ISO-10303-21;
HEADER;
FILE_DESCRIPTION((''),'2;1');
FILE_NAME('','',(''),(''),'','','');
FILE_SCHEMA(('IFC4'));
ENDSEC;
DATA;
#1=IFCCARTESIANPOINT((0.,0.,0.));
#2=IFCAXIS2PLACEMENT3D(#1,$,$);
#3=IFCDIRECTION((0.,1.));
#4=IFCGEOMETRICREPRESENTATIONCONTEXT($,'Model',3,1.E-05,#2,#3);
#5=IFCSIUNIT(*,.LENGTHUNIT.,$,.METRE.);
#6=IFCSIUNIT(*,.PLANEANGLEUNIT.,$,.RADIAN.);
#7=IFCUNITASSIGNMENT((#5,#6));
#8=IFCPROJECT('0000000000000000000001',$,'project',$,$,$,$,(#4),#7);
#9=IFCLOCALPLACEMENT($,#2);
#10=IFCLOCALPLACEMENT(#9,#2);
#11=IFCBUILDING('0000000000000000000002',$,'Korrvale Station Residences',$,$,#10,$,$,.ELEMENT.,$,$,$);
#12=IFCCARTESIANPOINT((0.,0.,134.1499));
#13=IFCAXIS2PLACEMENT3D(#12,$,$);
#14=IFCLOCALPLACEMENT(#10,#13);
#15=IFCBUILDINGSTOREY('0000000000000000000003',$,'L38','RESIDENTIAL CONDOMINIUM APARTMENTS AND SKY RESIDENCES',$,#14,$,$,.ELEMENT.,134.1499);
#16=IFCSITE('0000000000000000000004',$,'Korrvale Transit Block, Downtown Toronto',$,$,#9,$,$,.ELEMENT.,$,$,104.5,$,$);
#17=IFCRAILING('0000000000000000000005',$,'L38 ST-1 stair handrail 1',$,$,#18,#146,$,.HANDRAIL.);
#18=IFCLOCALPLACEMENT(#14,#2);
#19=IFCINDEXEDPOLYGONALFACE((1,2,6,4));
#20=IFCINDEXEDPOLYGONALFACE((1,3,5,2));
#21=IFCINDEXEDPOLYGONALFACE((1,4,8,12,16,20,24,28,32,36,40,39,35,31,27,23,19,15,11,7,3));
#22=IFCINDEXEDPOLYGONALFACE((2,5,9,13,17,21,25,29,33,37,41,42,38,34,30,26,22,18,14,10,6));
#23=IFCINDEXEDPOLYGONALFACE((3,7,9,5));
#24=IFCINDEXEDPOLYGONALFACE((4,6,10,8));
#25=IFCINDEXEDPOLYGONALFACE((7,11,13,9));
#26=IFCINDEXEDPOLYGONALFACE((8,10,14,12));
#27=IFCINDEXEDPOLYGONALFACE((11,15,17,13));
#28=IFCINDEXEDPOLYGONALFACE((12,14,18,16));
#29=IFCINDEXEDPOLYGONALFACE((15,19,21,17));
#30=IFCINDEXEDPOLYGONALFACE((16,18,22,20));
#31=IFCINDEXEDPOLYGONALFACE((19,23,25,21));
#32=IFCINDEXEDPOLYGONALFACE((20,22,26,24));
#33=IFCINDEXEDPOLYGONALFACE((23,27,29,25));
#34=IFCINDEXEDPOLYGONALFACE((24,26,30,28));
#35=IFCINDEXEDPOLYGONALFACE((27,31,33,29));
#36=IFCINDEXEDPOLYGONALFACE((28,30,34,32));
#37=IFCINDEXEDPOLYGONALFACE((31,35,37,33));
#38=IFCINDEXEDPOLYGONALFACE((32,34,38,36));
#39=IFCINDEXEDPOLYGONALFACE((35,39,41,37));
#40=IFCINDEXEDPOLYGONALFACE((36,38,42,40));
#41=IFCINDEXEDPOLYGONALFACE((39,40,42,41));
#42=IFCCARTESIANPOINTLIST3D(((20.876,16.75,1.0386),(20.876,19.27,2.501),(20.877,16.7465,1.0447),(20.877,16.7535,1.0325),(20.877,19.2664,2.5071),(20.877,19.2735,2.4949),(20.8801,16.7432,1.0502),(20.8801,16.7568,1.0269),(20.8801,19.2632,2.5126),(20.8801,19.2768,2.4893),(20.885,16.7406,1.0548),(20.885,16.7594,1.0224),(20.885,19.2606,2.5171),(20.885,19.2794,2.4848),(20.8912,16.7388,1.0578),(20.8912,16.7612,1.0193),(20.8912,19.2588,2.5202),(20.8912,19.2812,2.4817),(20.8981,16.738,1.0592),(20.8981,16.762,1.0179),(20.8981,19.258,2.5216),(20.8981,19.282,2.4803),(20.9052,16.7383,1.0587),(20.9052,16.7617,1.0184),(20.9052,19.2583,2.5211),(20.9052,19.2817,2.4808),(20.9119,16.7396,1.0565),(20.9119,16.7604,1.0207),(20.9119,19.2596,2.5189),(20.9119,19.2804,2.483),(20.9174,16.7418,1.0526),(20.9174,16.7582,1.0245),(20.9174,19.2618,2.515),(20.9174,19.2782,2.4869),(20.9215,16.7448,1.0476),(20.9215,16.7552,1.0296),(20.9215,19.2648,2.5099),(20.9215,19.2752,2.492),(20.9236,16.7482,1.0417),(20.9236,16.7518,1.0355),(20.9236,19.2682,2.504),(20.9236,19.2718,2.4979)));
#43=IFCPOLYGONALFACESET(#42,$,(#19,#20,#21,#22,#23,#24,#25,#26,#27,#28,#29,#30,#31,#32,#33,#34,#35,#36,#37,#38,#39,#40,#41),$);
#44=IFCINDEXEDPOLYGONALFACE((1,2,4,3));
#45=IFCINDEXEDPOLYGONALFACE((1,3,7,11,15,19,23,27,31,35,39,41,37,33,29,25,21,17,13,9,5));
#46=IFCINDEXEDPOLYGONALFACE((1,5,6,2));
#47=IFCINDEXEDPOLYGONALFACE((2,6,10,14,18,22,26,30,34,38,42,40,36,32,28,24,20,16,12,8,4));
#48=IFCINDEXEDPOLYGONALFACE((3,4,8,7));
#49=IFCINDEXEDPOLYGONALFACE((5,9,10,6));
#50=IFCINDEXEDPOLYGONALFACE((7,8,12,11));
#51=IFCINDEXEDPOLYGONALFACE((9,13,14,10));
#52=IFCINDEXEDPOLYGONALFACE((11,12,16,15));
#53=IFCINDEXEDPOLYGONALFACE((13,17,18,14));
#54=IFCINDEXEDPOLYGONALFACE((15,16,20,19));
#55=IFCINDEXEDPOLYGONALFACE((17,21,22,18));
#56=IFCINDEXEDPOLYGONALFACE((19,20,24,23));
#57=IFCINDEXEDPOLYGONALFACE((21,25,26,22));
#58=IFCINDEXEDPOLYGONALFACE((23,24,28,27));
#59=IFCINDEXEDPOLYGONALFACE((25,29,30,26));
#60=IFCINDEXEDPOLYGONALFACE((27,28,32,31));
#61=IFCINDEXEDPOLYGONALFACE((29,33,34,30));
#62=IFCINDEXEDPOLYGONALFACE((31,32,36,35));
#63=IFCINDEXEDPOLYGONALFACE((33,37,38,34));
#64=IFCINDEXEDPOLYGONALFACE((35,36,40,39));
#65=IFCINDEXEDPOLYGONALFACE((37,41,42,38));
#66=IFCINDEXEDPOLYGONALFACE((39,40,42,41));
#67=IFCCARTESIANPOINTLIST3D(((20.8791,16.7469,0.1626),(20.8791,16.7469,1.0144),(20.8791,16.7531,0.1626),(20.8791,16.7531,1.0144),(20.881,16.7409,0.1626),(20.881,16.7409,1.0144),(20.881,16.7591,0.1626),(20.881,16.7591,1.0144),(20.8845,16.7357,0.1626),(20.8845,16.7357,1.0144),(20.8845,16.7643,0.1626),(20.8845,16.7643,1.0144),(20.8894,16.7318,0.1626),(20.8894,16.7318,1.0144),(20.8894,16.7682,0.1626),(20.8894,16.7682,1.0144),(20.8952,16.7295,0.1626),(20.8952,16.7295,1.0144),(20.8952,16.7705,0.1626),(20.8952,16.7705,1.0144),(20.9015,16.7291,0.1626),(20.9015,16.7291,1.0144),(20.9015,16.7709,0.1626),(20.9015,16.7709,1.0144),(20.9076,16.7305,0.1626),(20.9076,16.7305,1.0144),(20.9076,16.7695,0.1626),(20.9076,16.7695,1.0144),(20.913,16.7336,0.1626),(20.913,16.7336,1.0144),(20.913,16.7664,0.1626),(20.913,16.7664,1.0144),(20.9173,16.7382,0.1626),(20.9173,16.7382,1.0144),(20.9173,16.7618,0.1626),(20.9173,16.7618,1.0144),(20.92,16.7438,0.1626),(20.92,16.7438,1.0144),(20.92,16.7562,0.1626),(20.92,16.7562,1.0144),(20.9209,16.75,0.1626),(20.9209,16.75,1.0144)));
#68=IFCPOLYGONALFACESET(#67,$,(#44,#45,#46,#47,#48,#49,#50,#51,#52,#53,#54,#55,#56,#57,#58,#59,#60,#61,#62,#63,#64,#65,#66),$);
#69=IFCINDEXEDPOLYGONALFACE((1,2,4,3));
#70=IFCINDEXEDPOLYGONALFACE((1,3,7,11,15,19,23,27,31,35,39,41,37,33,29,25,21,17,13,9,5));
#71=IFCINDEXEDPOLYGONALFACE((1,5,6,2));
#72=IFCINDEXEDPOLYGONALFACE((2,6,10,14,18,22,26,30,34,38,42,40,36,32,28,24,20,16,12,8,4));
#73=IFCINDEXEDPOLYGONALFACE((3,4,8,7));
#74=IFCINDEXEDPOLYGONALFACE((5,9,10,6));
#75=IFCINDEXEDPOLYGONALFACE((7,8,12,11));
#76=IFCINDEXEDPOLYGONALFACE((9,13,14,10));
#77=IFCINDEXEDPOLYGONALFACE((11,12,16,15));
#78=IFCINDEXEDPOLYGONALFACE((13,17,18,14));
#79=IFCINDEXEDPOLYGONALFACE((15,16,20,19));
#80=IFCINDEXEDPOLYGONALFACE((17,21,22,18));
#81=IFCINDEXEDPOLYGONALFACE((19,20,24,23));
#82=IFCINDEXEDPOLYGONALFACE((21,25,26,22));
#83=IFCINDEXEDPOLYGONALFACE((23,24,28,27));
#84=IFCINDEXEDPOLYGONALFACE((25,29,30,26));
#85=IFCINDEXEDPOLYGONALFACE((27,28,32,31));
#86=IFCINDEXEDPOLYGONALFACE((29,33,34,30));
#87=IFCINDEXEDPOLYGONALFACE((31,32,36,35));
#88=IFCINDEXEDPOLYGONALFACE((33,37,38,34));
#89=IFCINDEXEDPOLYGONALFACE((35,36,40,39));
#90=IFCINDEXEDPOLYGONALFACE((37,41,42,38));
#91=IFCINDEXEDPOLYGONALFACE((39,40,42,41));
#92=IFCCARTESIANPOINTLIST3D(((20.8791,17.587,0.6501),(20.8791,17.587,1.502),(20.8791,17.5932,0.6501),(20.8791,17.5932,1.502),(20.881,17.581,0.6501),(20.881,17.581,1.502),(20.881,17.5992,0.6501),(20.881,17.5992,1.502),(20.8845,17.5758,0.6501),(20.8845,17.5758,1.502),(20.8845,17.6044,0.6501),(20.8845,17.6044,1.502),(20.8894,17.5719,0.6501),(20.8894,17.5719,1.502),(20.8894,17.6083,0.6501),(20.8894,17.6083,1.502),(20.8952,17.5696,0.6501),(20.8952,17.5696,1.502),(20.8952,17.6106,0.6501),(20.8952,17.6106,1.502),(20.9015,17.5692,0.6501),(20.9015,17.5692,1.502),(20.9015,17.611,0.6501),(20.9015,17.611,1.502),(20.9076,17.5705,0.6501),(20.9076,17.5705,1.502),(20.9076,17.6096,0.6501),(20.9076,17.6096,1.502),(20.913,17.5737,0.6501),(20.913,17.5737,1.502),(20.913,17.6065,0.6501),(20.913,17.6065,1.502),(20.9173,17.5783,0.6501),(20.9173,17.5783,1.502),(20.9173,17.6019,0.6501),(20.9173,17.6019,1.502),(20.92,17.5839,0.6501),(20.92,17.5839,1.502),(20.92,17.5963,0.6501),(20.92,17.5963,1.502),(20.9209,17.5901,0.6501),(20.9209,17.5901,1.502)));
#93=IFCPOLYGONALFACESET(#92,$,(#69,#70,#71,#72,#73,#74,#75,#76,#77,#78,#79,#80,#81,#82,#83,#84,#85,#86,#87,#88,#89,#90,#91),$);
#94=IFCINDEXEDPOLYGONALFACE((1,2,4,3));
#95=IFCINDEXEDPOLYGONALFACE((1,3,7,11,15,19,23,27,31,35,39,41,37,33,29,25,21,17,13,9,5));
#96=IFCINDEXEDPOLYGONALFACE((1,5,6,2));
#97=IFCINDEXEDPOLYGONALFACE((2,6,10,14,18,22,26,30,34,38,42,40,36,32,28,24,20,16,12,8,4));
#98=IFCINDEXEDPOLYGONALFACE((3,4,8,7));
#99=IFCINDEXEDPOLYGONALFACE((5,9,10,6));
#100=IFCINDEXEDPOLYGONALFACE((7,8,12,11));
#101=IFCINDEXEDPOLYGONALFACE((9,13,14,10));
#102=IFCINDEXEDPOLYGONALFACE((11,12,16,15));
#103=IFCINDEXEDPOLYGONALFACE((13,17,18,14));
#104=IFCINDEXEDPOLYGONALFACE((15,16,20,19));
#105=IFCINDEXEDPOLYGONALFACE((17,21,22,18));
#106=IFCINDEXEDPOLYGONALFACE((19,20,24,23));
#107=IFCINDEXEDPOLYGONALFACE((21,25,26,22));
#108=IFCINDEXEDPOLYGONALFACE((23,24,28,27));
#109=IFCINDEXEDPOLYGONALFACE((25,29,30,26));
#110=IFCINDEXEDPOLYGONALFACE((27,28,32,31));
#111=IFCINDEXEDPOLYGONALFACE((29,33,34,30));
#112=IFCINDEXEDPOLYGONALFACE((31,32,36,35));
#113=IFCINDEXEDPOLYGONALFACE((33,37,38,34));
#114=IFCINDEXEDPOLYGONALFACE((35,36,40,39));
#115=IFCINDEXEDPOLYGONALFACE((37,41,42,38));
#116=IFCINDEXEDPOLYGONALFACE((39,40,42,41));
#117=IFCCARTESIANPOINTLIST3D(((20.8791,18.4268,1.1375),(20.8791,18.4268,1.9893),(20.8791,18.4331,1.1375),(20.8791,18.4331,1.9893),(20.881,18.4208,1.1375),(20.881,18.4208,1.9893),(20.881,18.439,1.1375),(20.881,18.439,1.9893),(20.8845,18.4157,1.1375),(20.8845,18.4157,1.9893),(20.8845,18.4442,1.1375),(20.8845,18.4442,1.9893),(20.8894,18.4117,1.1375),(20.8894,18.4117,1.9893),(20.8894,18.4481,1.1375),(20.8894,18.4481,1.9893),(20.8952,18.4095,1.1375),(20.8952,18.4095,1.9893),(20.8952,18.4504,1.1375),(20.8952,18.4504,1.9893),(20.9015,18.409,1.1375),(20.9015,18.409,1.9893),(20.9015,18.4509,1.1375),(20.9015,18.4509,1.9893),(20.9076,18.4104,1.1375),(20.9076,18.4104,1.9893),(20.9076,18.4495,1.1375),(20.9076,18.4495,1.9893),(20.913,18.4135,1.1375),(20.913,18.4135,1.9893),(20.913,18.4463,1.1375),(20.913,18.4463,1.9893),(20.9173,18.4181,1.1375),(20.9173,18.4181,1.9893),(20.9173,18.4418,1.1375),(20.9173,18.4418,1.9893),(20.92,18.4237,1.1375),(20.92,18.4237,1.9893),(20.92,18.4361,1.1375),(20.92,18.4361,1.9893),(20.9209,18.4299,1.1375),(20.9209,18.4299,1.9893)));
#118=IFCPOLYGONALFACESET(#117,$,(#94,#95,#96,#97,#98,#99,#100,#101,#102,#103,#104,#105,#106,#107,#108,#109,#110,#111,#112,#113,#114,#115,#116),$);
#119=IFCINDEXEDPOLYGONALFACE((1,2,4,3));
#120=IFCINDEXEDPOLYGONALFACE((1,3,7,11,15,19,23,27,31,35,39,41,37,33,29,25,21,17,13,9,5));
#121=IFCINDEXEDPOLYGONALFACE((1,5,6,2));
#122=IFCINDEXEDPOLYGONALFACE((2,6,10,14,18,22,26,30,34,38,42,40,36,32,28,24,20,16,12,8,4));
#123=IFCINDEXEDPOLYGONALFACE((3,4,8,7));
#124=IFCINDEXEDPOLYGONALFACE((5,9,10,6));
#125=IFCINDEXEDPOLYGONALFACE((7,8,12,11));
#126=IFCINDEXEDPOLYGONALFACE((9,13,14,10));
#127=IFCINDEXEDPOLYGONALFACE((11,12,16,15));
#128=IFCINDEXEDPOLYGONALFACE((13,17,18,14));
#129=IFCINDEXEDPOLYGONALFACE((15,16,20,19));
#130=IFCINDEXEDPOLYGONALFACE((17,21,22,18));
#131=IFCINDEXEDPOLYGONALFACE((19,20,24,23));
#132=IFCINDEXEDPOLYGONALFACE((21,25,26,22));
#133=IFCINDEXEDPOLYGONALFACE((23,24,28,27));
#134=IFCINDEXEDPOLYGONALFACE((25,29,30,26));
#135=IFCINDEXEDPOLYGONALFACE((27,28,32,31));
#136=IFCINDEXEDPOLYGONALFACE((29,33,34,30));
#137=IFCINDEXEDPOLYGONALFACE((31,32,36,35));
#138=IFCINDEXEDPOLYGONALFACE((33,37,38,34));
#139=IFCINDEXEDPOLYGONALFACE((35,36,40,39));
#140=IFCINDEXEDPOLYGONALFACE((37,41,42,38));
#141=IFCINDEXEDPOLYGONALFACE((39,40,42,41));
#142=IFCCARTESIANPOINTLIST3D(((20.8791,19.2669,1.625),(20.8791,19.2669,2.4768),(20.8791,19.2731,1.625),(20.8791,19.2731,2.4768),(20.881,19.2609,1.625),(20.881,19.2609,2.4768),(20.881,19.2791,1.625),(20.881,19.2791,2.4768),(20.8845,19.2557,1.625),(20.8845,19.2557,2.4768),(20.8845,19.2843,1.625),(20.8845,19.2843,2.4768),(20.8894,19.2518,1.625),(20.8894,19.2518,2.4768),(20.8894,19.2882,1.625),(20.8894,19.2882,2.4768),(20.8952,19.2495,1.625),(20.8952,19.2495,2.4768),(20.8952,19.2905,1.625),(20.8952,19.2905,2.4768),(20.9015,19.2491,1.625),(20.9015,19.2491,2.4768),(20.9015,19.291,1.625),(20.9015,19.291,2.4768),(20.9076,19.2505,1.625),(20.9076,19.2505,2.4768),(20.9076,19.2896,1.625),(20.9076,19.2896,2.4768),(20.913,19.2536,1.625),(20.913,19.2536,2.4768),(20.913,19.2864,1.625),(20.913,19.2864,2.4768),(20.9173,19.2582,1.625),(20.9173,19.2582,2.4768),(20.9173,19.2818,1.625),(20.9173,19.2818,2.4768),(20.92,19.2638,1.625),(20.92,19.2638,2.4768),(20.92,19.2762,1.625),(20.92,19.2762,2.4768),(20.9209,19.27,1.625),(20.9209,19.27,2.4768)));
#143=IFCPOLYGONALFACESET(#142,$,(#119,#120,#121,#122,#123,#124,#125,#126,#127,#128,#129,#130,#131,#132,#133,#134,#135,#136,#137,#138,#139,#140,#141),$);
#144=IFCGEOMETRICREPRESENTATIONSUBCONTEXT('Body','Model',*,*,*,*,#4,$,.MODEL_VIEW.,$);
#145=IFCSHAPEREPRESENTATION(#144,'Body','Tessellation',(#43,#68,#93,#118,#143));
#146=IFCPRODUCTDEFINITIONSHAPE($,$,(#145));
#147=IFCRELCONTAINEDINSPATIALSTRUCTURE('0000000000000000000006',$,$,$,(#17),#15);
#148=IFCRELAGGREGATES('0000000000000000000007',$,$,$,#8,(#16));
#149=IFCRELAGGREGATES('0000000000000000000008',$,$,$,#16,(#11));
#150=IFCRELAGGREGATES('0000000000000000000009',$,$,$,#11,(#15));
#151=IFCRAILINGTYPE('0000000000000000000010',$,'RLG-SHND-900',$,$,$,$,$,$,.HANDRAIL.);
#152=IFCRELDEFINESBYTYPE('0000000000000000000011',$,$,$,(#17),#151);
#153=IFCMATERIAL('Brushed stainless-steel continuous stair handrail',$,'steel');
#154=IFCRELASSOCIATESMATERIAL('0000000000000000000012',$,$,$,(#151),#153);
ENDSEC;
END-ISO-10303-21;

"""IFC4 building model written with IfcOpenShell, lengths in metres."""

from ifc_helpers import new_model, si_unit, direction, frame, origin, origin_2d, place, context, subcontext, project, spatial, circle, extrude, material, type_object, element, save


model = new_model("IFC4")

# Units and contexts
model_context = context("Model", 3, precision=1e-05, world=origin(), true_north=direction((0.0, 1.0)))
body_context = subcontext(model_context, "Body", "Model", "MODEL_VIEW")
ifc_project = project(units=[si_unit("LENGTHUNIT", "METRE"), si_unit("PLANEANGLEUNIT", "RADIAN")], contexts=[model_context])

# Site, building, storey
site_placement = place(None, origin())
site = spatial("IfcSite", under=ifc_project, at=site_placement, Name="Korrvale Transit Block, Downtown Toronto", CompositionType="ELEMENT", RefElevation=104.5)
building_placement = place(site_placement, origin())
building = spatial("IfcBuilding", under=site, at=building_placement, Name="Korrvale Station Residences", CompositionType="ELEMENT")
storey_placement = place(building_placement, frame((0.0, 0.0, 134.1499)))
storey = spatial("IfcBuildingStorey", under=building, at=storey_placement, Name="L38", Description="RESIDENTIAL CONDOMINIUM APARTMENTS AND SKY RESIDENCES", CompositionType="ELEMENT", Elevation=134.1499)

# Railing
ifc_material_1 = material(Name="Brushed stainless-steel continuous stair handrail", Category="steel")
railing_type_1 = type_object("IfcRailingType", Name="RLG-SHND-900", PredefinedType="HANDRAIL", material=ifc_material_1)
railing_1_placement = place(storey_placement, frame((20.8999, 16.75, 0.1626)))
element("IfcRailing", 1, at=railing_1_placement, inside=storey, type_object=railing_type_1, Name="L38 ST-1 stair handrail 1", PredefinedType="HANDRAIL", context=body_context, shape_type="SweptSolid", body=[
    extrude(circle(Radius=0.0239, at=origin_2d()), frame((0.0, 0.0, 0.876), z_axis=(0.0, 0.864913, 0.501921), x_axis=(-1.0, 0.0, 0.0)), (0.0, 0.0, 1.0), 2.9136),
    extrude(circle(Radius=0.021, at=origin_2d()), origin(), (0.0, 0.0, 1.0), 0.8518),
    extrude(circle(Radius=0.021, at=origin_2d()), frame((0.0, 0.8401, 0.4875)), (0.0, 0.0, 1.0), 0.8518),
    extrude(circle(Radius=0.021, at=origin_2d()), frame((0.0, 1.6799, 0.9749)), (0.0, 0.0, 1.0), 0.8518),
    extrude(circle(Radius=0.021, at=origin_2d()), frame((0.0, 2.52, 1.4624)), (0.0, 0.0, 1.0), 0.8518),
])

save(model, "model.ifc")
